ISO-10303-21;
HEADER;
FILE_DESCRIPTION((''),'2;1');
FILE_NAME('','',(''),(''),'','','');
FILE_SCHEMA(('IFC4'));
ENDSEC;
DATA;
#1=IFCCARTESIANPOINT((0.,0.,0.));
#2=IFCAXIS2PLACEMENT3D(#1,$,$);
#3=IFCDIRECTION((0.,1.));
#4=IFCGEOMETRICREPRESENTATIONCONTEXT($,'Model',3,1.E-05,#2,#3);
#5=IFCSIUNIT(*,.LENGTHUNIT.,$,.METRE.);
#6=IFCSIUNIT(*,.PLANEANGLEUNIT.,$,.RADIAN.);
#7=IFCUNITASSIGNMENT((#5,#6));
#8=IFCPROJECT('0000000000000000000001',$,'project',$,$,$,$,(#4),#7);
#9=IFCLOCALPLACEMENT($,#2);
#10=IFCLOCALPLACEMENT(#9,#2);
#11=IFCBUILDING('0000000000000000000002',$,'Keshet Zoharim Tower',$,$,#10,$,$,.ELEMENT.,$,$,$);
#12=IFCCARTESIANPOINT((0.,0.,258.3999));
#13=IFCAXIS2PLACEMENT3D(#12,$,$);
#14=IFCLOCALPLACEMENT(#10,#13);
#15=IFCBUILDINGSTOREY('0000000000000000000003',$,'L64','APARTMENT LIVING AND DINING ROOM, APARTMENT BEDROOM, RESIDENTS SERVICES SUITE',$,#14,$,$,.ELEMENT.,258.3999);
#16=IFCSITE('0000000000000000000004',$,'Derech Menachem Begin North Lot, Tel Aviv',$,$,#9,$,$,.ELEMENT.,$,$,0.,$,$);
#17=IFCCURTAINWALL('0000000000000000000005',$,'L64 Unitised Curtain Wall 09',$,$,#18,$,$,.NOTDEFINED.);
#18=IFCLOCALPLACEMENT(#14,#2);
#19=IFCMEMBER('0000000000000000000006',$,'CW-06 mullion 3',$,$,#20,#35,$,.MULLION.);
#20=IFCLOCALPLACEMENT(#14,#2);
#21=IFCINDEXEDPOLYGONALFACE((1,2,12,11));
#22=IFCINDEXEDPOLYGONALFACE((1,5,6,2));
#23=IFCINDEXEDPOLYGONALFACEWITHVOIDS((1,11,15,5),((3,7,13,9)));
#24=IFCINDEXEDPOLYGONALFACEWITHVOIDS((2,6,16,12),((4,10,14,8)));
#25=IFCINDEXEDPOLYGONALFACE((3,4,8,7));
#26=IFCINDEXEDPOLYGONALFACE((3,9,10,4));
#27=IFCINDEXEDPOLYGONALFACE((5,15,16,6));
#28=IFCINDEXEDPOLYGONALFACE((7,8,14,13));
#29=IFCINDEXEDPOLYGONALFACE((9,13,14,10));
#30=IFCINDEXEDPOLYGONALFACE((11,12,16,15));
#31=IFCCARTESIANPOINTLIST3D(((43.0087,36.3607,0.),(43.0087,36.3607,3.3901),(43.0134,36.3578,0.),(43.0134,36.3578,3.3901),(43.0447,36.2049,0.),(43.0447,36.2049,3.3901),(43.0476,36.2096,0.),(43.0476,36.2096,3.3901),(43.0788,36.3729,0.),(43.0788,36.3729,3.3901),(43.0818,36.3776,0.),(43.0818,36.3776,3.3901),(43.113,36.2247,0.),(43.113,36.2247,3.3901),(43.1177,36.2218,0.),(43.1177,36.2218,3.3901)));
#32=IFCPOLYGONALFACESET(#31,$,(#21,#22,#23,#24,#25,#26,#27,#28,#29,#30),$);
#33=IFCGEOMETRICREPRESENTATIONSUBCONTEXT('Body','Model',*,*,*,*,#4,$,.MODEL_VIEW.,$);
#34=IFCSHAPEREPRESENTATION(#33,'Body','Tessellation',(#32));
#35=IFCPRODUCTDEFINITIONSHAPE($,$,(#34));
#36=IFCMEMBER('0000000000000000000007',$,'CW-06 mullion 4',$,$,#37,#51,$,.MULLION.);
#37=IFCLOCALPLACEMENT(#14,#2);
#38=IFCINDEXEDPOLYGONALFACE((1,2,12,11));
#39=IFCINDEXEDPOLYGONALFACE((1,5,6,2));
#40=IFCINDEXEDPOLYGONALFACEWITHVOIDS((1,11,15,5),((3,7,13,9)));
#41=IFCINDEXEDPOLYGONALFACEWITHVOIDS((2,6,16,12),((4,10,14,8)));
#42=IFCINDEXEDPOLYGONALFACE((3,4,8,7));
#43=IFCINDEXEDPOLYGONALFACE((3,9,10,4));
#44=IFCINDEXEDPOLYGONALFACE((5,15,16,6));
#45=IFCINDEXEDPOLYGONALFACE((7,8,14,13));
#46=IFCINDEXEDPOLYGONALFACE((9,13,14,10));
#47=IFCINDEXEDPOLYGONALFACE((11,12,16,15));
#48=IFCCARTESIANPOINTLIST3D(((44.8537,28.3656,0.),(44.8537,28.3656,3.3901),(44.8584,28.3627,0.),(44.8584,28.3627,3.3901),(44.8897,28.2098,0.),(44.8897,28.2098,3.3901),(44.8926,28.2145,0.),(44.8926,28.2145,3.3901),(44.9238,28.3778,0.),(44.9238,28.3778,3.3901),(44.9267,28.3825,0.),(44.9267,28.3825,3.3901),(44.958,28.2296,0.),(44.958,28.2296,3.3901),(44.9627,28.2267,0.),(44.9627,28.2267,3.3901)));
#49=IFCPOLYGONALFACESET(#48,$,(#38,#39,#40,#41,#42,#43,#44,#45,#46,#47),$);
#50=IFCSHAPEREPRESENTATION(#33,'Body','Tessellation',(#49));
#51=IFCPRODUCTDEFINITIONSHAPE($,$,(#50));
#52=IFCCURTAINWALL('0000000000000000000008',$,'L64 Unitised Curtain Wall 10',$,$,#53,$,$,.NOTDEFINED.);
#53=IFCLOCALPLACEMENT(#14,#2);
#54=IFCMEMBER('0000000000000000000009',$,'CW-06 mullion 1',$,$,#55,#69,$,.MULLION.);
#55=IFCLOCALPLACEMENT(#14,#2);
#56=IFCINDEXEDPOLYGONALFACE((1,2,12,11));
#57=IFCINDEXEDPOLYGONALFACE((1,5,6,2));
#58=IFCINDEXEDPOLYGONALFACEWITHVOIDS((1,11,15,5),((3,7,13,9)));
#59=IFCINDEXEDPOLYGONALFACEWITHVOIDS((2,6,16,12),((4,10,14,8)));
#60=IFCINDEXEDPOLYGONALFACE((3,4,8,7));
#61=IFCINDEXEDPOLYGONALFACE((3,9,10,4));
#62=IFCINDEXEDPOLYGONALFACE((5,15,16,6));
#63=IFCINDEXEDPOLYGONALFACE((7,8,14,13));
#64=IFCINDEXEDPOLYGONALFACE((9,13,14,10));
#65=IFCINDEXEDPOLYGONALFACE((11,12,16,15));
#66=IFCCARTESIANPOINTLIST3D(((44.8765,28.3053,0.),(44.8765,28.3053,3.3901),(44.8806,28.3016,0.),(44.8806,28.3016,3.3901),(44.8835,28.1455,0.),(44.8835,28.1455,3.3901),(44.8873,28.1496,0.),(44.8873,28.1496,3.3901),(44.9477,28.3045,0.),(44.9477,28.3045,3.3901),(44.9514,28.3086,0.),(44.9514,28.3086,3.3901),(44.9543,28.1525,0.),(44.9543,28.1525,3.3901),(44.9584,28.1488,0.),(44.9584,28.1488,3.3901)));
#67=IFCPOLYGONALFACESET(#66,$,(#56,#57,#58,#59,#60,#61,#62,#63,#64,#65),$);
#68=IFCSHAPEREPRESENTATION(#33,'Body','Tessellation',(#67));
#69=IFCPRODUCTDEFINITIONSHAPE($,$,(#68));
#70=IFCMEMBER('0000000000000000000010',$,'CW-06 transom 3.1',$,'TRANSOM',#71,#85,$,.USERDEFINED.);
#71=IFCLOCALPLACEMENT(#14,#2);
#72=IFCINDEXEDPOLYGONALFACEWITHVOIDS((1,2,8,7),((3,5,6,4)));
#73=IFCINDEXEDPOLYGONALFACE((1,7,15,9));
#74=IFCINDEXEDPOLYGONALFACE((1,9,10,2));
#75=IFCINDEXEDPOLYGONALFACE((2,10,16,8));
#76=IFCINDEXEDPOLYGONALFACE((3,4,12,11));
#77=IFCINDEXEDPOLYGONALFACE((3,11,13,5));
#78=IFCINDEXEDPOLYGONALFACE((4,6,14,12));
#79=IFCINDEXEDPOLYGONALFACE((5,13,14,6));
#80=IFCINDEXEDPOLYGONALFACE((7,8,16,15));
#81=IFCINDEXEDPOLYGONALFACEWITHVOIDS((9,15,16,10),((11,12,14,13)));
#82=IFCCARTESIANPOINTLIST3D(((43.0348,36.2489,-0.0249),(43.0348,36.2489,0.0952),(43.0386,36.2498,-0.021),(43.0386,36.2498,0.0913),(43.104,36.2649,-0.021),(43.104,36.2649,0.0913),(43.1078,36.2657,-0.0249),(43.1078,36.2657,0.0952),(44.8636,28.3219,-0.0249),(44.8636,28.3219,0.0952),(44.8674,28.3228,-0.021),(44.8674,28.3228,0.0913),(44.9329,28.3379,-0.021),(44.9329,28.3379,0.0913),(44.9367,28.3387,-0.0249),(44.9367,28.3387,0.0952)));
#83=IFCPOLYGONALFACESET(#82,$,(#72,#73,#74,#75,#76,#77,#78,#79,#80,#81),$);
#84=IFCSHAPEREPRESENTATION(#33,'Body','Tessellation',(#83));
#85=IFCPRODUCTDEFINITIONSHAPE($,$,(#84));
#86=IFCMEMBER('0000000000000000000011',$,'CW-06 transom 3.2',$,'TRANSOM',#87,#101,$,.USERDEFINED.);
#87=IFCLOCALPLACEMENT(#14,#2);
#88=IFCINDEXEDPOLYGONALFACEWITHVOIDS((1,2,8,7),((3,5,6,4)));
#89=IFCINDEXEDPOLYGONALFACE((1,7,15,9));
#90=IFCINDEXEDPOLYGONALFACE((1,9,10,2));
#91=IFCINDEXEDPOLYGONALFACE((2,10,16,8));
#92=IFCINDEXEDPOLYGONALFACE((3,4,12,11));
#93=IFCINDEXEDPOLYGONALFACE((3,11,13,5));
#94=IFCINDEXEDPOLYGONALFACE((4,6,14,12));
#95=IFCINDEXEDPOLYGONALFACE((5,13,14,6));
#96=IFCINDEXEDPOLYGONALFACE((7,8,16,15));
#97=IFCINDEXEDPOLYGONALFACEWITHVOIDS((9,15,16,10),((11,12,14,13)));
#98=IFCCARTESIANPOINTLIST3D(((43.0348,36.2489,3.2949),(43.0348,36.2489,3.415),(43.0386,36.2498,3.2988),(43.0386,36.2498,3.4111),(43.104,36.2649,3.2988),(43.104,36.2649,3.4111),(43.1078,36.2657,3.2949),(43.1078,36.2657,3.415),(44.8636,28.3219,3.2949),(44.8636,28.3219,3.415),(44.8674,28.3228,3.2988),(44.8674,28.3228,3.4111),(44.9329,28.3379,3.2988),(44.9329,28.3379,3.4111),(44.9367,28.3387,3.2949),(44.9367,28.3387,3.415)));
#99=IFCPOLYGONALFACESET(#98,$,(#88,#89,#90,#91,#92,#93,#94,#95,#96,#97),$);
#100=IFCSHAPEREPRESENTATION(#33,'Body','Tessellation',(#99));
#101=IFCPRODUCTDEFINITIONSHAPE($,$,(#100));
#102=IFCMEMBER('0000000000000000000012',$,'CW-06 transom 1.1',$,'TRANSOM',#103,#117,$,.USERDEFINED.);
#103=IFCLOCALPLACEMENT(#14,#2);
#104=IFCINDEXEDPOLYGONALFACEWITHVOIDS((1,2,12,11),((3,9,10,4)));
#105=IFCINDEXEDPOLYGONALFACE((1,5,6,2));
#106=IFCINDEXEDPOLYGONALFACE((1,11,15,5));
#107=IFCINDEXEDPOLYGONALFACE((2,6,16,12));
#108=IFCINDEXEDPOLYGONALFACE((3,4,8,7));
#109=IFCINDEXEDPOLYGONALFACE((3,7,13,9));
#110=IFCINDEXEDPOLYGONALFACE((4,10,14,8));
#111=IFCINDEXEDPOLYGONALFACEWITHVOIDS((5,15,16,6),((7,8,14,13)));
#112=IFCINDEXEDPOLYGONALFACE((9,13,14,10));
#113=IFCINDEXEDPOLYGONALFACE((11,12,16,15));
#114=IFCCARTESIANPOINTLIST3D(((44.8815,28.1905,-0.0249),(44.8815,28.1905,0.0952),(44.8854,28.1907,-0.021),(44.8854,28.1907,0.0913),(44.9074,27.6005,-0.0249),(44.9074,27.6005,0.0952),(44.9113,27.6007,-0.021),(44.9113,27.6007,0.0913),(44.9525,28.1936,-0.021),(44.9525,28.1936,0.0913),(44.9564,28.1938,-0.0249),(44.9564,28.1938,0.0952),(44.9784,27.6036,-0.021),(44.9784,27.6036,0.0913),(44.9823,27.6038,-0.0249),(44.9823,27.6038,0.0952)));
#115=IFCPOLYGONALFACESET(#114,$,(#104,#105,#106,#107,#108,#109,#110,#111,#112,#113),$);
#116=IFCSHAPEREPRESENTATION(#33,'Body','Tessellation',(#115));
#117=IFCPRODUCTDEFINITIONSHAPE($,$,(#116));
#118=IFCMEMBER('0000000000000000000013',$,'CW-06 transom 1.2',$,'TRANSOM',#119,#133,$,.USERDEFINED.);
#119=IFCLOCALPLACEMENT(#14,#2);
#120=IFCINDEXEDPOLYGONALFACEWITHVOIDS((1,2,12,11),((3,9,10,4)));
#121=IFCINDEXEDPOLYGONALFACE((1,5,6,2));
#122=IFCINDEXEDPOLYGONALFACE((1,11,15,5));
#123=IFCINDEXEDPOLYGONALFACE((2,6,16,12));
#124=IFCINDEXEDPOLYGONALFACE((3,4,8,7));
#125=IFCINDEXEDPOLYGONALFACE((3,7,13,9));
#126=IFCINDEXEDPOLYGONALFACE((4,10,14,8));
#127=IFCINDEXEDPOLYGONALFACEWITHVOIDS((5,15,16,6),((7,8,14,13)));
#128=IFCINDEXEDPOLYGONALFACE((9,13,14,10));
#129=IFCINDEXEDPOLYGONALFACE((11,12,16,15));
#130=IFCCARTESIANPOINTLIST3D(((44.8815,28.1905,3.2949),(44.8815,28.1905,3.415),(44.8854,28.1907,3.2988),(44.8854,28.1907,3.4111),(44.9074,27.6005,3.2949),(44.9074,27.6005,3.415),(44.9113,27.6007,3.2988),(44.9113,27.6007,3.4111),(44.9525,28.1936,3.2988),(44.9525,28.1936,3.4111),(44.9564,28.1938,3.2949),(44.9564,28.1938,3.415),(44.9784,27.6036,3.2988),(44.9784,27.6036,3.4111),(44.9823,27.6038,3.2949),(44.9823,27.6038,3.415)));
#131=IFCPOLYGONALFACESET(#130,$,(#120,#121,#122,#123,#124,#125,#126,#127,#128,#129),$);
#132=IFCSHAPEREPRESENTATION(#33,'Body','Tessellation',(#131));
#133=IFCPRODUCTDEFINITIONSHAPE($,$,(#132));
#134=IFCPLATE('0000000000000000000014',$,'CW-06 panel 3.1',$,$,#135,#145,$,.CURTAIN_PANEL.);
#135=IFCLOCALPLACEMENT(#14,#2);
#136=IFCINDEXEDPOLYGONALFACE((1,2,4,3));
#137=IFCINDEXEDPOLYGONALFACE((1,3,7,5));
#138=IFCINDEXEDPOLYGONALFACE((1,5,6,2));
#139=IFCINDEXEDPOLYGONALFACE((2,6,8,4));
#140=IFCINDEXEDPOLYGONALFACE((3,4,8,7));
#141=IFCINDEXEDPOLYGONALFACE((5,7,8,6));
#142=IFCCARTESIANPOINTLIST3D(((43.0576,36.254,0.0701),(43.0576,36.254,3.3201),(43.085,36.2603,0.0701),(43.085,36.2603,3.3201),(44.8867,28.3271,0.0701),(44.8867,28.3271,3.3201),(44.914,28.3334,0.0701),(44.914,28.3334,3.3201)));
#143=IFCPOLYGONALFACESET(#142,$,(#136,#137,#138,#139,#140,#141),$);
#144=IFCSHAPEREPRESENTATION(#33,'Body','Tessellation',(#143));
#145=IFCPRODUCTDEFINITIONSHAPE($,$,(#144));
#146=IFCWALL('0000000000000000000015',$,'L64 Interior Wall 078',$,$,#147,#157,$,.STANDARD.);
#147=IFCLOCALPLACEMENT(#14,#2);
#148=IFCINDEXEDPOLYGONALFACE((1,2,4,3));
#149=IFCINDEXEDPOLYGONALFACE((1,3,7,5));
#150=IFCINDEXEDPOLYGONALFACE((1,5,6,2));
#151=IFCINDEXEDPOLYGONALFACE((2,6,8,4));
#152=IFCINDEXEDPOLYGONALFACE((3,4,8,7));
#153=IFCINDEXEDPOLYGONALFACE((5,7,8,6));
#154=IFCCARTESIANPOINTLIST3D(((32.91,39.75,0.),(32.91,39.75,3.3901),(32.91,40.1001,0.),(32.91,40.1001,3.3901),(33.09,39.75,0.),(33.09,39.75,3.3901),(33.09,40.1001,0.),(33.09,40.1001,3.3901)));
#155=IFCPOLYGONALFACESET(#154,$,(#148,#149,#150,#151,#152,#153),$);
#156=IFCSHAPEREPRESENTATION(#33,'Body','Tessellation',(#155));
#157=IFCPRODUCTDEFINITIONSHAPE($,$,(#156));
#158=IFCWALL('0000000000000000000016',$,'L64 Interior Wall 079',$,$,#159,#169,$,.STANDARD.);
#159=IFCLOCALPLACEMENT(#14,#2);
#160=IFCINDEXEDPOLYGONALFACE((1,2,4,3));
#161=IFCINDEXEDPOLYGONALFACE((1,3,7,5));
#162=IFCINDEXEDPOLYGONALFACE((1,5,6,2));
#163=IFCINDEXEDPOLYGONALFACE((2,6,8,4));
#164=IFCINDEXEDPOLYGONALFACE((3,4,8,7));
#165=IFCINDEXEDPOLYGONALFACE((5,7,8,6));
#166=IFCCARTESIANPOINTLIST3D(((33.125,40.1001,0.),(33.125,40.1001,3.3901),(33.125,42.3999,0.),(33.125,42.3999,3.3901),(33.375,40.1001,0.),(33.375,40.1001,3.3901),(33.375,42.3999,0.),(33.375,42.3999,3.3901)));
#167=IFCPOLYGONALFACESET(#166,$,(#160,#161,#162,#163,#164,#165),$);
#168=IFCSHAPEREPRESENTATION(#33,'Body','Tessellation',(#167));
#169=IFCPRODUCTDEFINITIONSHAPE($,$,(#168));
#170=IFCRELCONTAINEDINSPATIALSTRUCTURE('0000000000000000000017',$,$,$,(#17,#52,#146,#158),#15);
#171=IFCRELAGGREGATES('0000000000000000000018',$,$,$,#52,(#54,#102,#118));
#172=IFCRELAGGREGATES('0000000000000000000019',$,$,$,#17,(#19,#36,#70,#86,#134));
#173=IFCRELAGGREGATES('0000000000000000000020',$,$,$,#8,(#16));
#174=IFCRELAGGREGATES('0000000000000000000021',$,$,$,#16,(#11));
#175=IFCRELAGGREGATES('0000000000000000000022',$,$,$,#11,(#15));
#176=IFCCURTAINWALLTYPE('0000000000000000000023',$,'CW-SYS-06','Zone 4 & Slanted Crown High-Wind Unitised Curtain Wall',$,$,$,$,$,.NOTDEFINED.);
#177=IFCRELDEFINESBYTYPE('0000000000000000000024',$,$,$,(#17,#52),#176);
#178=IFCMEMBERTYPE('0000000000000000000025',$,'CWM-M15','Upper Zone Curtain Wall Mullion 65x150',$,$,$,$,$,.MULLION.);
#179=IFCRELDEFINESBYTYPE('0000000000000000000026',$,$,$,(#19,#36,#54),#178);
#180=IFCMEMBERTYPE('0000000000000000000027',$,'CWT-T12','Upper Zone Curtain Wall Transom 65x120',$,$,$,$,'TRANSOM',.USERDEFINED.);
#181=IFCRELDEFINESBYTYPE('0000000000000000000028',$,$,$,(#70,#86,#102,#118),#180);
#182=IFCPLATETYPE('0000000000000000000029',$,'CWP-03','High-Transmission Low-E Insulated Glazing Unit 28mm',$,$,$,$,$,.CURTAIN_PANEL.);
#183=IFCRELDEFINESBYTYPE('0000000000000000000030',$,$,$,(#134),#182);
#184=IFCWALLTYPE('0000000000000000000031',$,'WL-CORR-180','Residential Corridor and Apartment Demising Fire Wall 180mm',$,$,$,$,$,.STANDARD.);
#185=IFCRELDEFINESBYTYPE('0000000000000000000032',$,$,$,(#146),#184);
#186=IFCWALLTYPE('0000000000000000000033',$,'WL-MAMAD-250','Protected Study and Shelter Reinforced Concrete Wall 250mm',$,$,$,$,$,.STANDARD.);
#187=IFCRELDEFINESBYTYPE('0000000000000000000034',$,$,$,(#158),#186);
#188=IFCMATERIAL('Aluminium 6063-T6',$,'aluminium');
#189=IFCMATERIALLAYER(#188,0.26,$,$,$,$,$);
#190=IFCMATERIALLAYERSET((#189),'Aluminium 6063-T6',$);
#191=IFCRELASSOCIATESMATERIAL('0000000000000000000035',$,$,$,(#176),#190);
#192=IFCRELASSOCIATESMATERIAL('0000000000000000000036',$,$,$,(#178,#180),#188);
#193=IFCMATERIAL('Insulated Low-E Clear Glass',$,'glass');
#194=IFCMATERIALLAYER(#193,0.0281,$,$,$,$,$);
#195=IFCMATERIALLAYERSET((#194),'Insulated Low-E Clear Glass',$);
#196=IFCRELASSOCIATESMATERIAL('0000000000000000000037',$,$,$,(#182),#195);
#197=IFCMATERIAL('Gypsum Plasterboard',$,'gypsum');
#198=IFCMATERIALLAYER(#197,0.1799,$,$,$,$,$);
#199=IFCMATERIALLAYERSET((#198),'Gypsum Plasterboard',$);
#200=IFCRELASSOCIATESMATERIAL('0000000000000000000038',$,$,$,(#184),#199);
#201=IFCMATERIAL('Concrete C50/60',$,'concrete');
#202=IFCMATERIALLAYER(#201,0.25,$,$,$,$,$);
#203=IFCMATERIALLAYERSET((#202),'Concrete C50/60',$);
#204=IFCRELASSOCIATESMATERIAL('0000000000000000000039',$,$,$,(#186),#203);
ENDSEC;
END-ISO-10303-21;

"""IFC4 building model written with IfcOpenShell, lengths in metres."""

from ifc_helpers import new_model, si_unit, direction, frame, frame_2d, origin, origin_2d, place, context, subcontext, project, spatial, rectangle, hollow_rectangle, extrude, material, layer, layer_set, material_profile, profile_set, type_object, element, aggregate, save


model = new_model("IFC4")

# Units and contexts
model_context = context("Model", 3, precision=1e-05, world=origin(), true_north=direction((0.0, 1.0)))
body_context = subcontext(model_context, "Body", "Model", "MODEL_VIEW")
ifc_project = project(units=[si_unit("LENGTHUNIT", "METRE"), si_unit("PLANEANGLEUNIT", "RADIAN")], contexts=[model_context])

# Site, building, storey
site_placement = place(None, origin())
site = spatial("IfcSite", under=ifc_project, at=site_placement, Name="Derech Menachem Begin North Lot, Tel Aviv", CompositionType="ELEMENT", RefElevation=0.0)
building_placement = place(site_placement, origin())
building = spatial("IfcBuilding", under=site, at=building_placement, Name="Keshet Zoharim Tower", CompositionType="ELEMENT")
storey_placement = place(building_placement, frame((0.0, 0.0, 258.3999)))
storey = spatial("IfcBuildingStorey", under=building, at=storey_placement, Name="L64", Description="APARTMENT LIVING AND DINING ROOM, APARTMENT BEDROOM, RESIDENTS SERVICES SUITE", CompositionType="ELEMENT", Elevation=258.3999)

# Curtain wall, members
ifc_material_1 = material(Name="Aluminium 6063-T6", Category="aluminium")
ifc_layer_1 = layer(ifc_material_1, 0.26)
ifc_layer_set_1 = layer_set([ifc_layer_1], Name="Aluminium 6063-T6")
curtain_wall_type = type_object("IfcCurtainWallType", Name="CW-SYS-06", Description="Zone 4 & Slanted Crown High-Wind Unitised Curtain Wall", PredefinedType="NOTDEFINED", material=ifc_layer_set_1)
curtain_wall_1_placement = place(storey_placement, origin())
curtain_wall_1 = element("IfcCurtainWall", 1, at=curtain_wall_1_placement, inside=storey, type_object=curtain_wall_type, Name="L64 Unitised Curtain Wall 09", PredefinedType="NOTDEFINED")
ifc_material_profile_1 = material_profile(ifc_material_1, hollow_rectangle(XDim=0.075, YDim=0.1599, WallThickness=0.0039, at=origin_2d()), Name="MUL-75x160")
ifc_profile_set_1 = profile_set([ifc_material_profile_1], Name="Aluminium 6063-T6")
member_type_1 = type_object("IfcMemberType", Name="CWM-M15", Description="Upper Zone Curtain Wall Mullion 65x150", PredefinedType="MULLION", material=ifc_profile_set_1)
member_1_placement = place(storey_placement, frame((43.0632, 36.2913, 0.0), z_axis=(0.0, 0.0, 1.0), x_axis=(0.974398, 0.22483, 0.0)))
member_1 = element("IfcMember", 2, at=member_1_placement, type_object=member_type_1, Name="CW-06 mullion 3", PredefinedType="MULLION", context=body_context, shape_type="SweptSolid", body=[
    extrude(hollow_rectangle(XDim=0.075, YDim=0.1599, WallThickness=0.0039, at=origin_2d()), origin(), (0.0, 0.0, 1.0), 3.3901),
])
member_2_placement = place(storey_placement, frame((44.9082, 28.2961, 0.0), z_axis=(0.0, 0.0, 1.0), x_axis=(0.974398, 0.22483, 0.0)))
member_2 = element("IfcMember", 3, at=member_2_placement, type_object=member_type_1, Name="CW-06 mullion 4", PredefinedType="MULLION", context=body_context, shape_type="SweptSolid", body=[
    extrude(hollow_rectangle(XDim=0.075, YDim=0.1599, WallThickness=0.0039, at=origin_2d()), origin(), (0.0, 0.0, 1.0), 3.3901),
])

# Curtain wall, member
curtain_wall_2_placement = place(storey_placement, origin())
curtain_wall_2 = element("IfcCurtainWall", 4, at=curtain_wall_2_placement, inside=storey, type_object=curtain_wall_type, Name="L64 Unitised Curtain Wall 10", PredefinedType="NOTDEFINED")
member_3_placement = place(storey_placement, frame((44.9175, 28.2271, 0.0), z_axis=(0.0, 0.0, 1.0), x_axis=(0.999041, 0.043794, 0.0)))
member_3 = element("IfcMember", 5, at=member_3_placement, type_object=member_type_1, Name="CW-06 mullion 1", PredefinedType="MULLION", context=body_context, shape_type="SweptSolid", body=[
    extrude(hollow_rectangle(XDim=0.075, YDim=0.1599, WallThickness=0.0039, at=origin_2d()), origin(), (0.0, 0.0, 1.0), 3.3901),
])

# Members
ifc_material_profile_2 = material_profile(ifc_material_1, hollow_rectangle(XDim=0.075, YDim=0.1201, WallThickness=0.0039, at=origin_2d()), Name="TRN-75x120")
ifc_profile_set_2 = profile_set([ifc_material_profile_2], Name="Aluminium 6063-T6")
member_type_2 = type_object("IfcMemberType", Name="CWT-T12", Description="Upper Zone Curtain Wall Transom 65x120", ElementType="TRANSOM", PredefinedType="USERDEFINED", material=ifc_profile_set_2)
member_4_placement = place(storey_placement, frame((43.0713, 36.2573, 0.0352), z_axis=(0.224807, -0.974403, 0.0), x_axis=(0.974403, 0.224807, 0.0)))
member_4 = element("IfcMember", 6, at=member_4_placement, type_object=member_type_2, Name="CW-06 transom 3.1", ObjectType="TRANSOM", PredefinedType="USERDEFINED", context=body_context, shape_type="SweptSolid", body=[
    extrude(hollow_rectangle(XDim=0.075, YDim=0.1201, WallThickness=0.0039, at=origin_2d()), origin(), (0.0, 0.0, 1.0), 8.1353),
])
member_5_placement = place(storey_placement, frame((43.0713, 36.2573, 3.355), z_axis=(0.224807, -0.974403, 0.0), x_axis=(0.974403, 0.224807, 0.0)))
member_5 = element("IfcMember", 7, at=member_5_placement, type_object=member_type_2, Name="CW-06 transom 3.2", ObjectType="TRANSOM", PredefinedType="USERDEFINED", context=body_context, shape_type="SweptSolid", body=[
    extrude(hollow_rectangle(XDim=0.075, YDim=0.1201, WallThickness=0.0039, at=origin_2d()), origin(), (0.0, 0.0, 1.0), 8.1353),
])
member_6_placement = place(storey_placement, frame((44.9189, 28.1921, 0.0352), z_axis=(0.043814, -0.99904, 0.0), x_axis=(0.99904, 0.043814, 0.0)))
member_6 = element("IfcMember", 8, at=member_6_placement, type_object=member_type_2, Name="CW-06 transom 1.1", ObjectType="TRANSOM", PredefinedType="USERDEFINED", context=body_context, shape_type="SweptSolid", body=[
    extrude(hollow_rectangle(XDim=0.075, YDim=0.1201, WallThickness=0.0039, at=origin_2d()), origin(), (0.0, 0.0, 1.0), 0.5906),
])
member_7_placement = place(storey_placement, frame((44.9189, 28.1921, 3.355), z_axis=(0.043814, -0.99904, 0.0), x_axis=(0.99904, 0.043814, 0.0)))
member_7 = element("IfcMember", 9, at=member_7_placement, type_object=member_type_2, Name="CW-06 transom 1.2", ObjectType="TRANSOM", PredefinedType="USERDEFINED", context=body_context, shape_type="SweptSolid", body=[
    extrude(hollow_rectangle(XDim=0.075, YDim=0.1201, WallThickness=0.0039, at=origin_2d()), origin(), (0.0, 0.0, 1.0), 0.5906),
])
aggregate(curtain_wall_2, [member_3, member_6, member_7])

# Plate
ifc_material_2 = material(Name="Insulated Low-E Clear Glass", Category="glass")
ifc_layer_2 = layer(ifc_material_2, 0.0281)
ifc_layer_set_2 = layer_set([ifc_layer_2], Name="Insulated Low-E Clear Glass")
plate_type = type_object("IfcPlateType", Name="CWP-03", Description="High-Transmission Low-E Insulated Glazing Unit 28mm", PredefinedType="CURTAIN_PANEL", material=ifc_layer_set_2)
plate_placement = place(storey_placement, frame((43.9858, 32.2937, 0.0701), z_axis=(0.0, 0.0, 1.0), x_axis=(0.22483, -0.974398, 0.0)))
plate = element("IfcPlate", 10, at=plate_placement, type_object=plate_type, Name="CW-06 panel 3.1", PredefinedType="CURTAIN_PANEL", context=body_context, shape_type="SweptSolid", body=[
    extrude(rectangle(XDim=8.1353, YDim=0.0281, at=origin_2d()), origin(), (0.0, 0.0, 1.0), 3.25),
])
aggregate(curtain_wall_1, [member_1, member_2, member_4, member_5, plate])

# Walls
ifc_material_3 = material(Name="Gypsum Plasterboard", Category="gypsum")
ifc_layer_3 = layer(ifc_material_3, 0.1799)
ifc_layer_set_3 = layer_set([ifc_layer_3], Name="Gypsum Plasterboard")
wall_type_1 = type_object("IfcWallType", Name="WL-CORR-180", Description="Residential Corridor and Apartment Demising Fire Wall 180mm", PredefinedType="STANDARD", material=ifc_layer_set_3)
wall_1_placement = place(storey_placement, frame((33.0, 39.75, 0.0), z_axis=(0.0, 0.0, 1.0), x_axis=(0.0, 1.0, 0.0)))
element("IfcWall", 11, at=wall_1_placement, inside=storey, type_object=wall_type_1, Name="L64 Interior Wall 078", PredefinedType="STANDARD", context=body_context, shape_type="SweptSolid", body=[
    extrude(rectangle(XDim=0.3501, YDim=0.1799, at=frame_2d((0.175, 0.0))), origin(), (0.0, 0.0, 1.0), 3.3901),
])
ifc_material_4 = material(Name="Concrete C50/60", Category="concrete")
ifc_layer_4 = layer(ifc_material_4, 0.25)
ifc_layer_set_4 = layer_set([ifc_layer_4], Name="Concrete C50/60")
wall_type_2 = type_object("IfcWallType", Name="WL-MAMAD-250", Description="Protected Study and Shelter Reinforced Concrete Wall 250mm", PredefinedType="STANDARD", material=ifc_layer_set_4)
wall_2_placement = place(storey_placement, frame((33.25, 40.1001, 0.0), z_axis=(0.0, 0.0, 1.0), x_axis=(0.0, 1.0, 0.0)))
element("IfcWall", 12, at=wall_2_placement, inside=storey, type_object=wall_type_2, Name="L64 Interior Wall 079", PredefinedType="STANDARD", context=body_context, shape_type="SweptSolid", body=[
    extrude(rectangle(XDim=2.2998, YDim=0.25, at=frame_2d((1.1499, 0.0))), origin(), (0.0, 0.0, 1.0), 3.3901),
])

save(model, "model.ifc")
